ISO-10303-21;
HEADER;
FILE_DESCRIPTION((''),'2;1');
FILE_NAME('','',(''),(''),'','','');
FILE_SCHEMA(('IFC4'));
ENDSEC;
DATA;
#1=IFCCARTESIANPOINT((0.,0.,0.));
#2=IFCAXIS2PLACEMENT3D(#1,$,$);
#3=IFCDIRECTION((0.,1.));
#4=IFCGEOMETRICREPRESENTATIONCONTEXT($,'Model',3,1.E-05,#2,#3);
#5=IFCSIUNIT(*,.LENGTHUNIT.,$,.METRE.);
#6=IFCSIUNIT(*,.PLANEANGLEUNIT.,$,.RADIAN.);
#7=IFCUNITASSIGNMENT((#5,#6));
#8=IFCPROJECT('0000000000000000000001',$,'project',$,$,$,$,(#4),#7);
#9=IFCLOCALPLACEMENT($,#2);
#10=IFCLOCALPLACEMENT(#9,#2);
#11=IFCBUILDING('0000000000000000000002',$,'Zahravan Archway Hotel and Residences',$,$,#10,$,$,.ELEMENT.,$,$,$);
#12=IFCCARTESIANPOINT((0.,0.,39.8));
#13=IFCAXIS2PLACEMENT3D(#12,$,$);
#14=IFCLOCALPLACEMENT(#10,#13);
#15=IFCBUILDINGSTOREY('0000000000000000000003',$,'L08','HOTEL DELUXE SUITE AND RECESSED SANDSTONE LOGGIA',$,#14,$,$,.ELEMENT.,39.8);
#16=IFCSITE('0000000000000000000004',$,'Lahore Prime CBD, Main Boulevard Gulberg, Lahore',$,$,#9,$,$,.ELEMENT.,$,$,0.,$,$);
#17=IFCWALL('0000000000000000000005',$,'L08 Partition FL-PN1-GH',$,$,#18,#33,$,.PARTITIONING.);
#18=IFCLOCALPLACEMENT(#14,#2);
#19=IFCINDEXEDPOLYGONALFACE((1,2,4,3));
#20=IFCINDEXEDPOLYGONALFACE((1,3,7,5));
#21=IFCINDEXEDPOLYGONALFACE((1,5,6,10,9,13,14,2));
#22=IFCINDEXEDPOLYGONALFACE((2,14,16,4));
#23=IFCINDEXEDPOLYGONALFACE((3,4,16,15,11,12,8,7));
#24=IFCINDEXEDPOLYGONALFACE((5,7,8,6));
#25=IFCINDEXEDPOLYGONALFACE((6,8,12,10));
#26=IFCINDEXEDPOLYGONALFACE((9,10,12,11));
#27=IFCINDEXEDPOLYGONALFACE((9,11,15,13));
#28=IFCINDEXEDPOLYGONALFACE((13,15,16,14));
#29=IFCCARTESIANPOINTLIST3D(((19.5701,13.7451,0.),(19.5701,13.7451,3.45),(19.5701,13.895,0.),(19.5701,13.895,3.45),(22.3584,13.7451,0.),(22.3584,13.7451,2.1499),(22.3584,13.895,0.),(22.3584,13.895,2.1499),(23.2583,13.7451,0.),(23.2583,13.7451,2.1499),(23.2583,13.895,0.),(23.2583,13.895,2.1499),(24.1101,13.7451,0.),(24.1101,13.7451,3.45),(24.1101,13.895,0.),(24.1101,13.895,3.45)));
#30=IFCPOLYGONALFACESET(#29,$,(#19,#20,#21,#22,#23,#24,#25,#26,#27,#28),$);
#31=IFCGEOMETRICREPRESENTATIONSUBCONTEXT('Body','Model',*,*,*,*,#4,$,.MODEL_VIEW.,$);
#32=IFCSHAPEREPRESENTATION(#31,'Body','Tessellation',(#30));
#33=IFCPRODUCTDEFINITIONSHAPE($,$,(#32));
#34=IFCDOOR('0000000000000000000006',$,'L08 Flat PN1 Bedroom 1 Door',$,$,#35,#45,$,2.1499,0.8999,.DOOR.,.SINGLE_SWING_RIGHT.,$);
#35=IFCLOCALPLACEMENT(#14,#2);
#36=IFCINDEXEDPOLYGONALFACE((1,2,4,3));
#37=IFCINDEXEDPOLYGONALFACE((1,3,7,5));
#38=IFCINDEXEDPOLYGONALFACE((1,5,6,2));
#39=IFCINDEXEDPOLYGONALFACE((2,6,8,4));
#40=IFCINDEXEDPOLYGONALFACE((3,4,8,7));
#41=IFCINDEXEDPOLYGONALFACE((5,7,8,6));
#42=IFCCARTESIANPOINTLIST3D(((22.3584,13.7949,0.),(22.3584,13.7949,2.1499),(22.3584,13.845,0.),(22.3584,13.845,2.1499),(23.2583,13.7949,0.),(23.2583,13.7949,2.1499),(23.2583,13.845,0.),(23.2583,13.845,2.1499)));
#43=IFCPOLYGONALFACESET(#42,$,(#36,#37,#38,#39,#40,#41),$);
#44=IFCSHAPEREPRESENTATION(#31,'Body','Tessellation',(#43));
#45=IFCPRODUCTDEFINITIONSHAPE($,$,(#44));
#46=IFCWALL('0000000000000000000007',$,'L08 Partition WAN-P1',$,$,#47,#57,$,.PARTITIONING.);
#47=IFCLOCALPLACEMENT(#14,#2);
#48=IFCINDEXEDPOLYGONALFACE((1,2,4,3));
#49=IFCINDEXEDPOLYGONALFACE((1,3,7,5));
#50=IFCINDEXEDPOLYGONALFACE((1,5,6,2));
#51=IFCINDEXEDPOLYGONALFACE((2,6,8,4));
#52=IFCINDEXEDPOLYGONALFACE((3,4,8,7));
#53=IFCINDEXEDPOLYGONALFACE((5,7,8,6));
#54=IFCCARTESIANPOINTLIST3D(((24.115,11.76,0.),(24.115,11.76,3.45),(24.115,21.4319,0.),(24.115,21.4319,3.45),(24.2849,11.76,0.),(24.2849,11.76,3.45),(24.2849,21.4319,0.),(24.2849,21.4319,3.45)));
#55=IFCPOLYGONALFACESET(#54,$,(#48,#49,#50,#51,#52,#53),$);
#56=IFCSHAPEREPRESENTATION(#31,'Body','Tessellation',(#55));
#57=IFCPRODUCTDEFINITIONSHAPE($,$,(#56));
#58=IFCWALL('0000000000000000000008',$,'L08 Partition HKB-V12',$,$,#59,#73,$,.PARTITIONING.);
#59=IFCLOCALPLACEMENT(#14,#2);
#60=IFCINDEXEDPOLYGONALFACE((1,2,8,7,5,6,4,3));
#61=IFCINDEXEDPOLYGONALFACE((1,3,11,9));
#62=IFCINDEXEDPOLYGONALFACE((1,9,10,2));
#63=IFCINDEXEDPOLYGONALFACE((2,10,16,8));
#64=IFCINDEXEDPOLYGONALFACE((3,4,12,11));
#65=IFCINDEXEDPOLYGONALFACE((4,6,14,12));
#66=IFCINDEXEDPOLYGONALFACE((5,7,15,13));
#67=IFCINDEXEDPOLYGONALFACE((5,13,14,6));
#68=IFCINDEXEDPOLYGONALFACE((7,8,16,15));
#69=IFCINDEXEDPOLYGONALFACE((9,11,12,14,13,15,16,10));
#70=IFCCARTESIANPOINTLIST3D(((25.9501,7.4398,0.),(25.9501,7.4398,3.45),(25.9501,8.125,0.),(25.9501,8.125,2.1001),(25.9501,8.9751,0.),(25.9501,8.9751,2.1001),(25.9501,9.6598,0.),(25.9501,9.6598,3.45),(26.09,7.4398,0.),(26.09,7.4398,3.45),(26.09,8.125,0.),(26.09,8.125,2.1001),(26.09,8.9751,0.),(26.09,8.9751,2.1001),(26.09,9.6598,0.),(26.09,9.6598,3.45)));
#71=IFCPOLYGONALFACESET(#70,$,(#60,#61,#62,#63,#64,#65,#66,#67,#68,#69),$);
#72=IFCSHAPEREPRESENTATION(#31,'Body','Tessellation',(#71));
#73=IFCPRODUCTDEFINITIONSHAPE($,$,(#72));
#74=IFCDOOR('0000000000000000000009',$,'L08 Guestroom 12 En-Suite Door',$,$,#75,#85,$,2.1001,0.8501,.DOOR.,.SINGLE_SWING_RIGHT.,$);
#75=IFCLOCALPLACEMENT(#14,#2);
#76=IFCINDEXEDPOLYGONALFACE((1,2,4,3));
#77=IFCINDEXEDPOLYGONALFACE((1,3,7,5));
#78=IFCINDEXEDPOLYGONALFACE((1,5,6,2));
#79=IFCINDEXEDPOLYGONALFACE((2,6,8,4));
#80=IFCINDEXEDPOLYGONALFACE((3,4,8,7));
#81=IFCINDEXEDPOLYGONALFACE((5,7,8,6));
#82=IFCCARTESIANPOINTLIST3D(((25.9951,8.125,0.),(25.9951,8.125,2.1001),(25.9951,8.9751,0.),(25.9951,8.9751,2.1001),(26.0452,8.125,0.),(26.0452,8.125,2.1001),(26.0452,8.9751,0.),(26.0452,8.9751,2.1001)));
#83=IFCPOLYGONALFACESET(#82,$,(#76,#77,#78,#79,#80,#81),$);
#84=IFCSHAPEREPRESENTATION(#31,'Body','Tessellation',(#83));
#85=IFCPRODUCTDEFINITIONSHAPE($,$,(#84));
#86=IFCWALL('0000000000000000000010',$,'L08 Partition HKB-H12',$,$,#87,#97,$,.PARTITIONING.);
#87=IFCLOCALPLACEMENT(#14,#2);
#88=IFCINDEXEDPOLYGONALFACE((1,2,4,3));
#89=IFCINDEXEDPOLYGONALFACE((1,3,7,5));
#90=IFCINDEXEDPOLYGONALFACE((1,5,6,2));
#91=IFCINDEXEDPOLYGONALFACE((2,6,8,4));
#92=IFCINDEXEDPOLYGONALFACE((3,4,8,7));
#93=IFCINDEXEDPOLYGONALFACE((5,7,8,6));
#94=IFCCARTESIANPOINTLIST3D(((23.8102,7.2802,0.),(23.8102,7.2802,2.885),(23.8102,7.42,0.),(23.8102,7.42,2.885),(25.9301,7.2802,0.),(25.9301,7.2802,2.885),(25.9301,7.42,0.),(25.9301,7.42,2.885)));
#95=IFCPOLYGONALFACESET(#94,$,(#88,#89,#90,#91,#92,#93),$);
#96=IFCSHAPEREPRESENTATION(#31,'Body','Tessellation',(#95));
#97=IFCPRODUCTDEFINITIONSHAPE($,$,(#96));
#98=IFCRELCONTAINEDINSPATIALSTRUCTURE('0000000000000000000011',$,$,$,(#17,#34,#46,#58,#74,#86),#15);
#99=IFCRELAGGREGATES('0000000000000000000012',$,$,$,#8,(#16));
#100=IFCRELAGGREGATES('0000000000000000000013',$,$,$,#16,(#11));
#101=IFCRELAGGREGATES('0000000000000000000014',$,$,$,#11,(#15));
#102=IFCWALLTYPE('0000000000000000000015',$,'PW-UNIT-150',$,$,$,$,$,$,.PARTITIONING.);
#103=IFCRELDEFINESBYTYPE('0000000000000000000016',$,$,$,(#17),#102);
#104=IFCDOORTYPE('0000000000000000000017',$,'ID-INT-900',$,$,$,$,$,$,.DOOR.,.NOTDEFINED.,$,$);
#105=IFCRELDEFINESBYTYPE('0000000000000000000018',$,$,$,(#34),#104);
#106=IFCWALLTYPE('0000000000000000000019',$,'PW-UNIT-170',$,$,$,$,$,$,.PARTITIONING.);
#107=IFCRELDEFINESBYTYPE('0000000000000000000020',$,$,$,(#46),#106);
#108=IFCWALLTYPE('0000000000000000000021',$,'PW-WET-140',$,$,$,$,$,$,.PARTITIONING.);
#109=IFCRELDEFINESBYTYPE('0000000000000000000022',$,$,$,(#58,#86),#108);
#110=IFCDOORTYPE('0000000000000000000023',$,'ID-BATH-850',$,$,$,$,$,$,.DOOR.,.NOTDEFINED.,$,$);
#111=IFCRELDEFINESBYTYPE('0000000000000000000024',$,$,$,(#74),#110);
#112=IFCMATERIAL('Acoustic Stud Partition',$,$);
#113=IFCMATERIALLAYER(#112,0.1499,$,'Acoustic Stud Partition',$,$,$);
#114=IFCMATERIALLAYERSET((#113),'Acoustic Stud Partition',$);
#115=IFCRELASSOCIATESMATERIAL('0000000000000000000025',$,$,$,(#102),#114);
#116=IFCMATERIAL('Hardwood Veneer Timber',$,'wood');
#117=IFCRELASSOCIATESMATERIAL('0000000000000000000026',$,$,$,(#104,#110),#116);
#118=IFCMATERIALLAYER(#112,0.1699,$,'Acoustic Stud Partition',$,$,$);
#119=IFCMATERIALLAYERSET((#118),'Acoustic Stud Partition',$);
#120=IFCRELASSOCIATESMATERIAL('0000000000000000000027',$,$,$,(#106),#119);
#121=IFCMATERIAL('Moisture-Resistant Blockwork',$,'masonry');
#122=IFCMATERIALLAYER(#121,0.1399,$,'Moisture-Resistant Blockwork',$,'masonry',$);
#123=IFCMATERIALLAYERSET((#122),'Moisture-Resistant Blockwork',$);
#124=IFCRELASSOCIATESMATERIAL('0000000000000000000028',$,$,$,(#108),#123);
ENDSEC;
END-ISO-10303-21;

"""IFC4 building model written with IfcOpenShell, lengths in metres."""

from ifc_helpers import new_model, si_unit, direction, frame, frame_2d, origin, place, context, subcontext, project, spatial, rectangle, extrude, source, transform, mapped, material, layer, layer_set, type_object, type_shapes, element, fill, save


model = new_model("IFC4")

# Units and contexts
model_context = context("Model", 3, precision=1e-05, world=origin(), true_north=direction((0.0, 1.0)))
body_context = subcontext(model_context, "Body", "Model", "MODEL_VIEW")
ifc_project = project(units=[si_unit("LENGTHUNIT", "METRE"), si_unit("PLANEANGLEUNIT", "RADIAN")], contexts=[model_context])

# Site, building, storey
site_placement = place(None, origin())
site = spatial("IfcSite", under=ifc_project, at=site_placement, Name="Lahore Prime CBD, Main Boulevard Gulberg, Lahore", CompositionType="ELEMENT", RefElevation=0.0)
building_placement = place(site_placement, origin())
building = spatial("IfcBuilding", under=site, at=building_placement, Name="Zahravan Archway Hotel and Residences", CompositionType="ELEMENT")
storey_placement = place(building_placement, frame((0.0, 0.0, 39.8)))
storey = spatial("IfcBuildingStorey", under=building, at=storey_placement, Name="L08", Description="HOTEL DELUXE SUITE AND RECESSED SANDSTONE LOGGIA", CompositionType="ELEMENT", Elevation=39.8)

# Wall, opening, door
ifc_material_1 = material(Name="Acoustic Stud Partition")
ifc_layer_1 = layer(ifc_material_1, 0.1499, Name="Acoustic Stud Partition")
ifc_layer_set_1 = layer_set([ifc_layer_1], Name="Acoustic Stud Partition")
wall_type_1 = type_object("IfcWallType", Name="PW-UNIT-150", PredefinedType="PARTITIONING", material=ifc_layer_set_1)
ifc_material_2 = material(Name="Hardwood Veneer Timber", Category="wood")
door_type_1 = type_object("IfcDoorType", Name="ID-INT-900", OperationType="NOTDEFINED", PredefinedType="DOOR", material=ifc_material_2)
shared_shape_1 = source(origin(), body_context, "Body", "SweptSolid", [
    extrude(rectangle(XDim=0.8999, YDim=2.1499, at=frame_2d((0.45, 1.075))), frame((0.0, 0.0249, 0.0), z_axis=(0.0, -1.0, 0.0), x_axis=(1.0, 0.0, 0.0)), (0.0, 0.0, 1.0), 0.05),
])
type_shapes(door_type_1, [shared_shape_1])
wall_1_placement = place(storey_placement, frame((19.5701, 13.8201, 0.0), z_axis=(0.0, 0.0, 1.0), x_axis=(1.0, 0.0, 0.0)))
wall_1 = element("IfcWall", 1, at=wall_1_placement, inside=storey, type_object=wall_type_1, Name="L08 Partition FL-PN1-GH", PredefinedType="PARTITIONING", context=body_context, shape_type="SweptSolid", body=[
    extrude(rectangle(XDim=4.54, YDim=0.1499, at=frame_2d((2.27, 0.0))), origin(), (0.0, 0.0, 1.0), 3.45),
])
opening_1_placement = place(wall_1_placement, frame((2.7883, 0.0, 0.0)))
opening_1 = element("IfcOpeningElement", 2, at=opening_1_placement, cuts=wall_1, PredefinedType="OPENING", context=body_context, shape_type="SweptSolid", body=[
    extrude(rectangle(XDim=0.8999, YDim=2.1499, at=frame_2d((0.45, 1.075))), frame((0.0, 0.085, 0.0), z_axis=(0.0, -1.0, 0.0), x_axis=(1.0, 0.0, 0.0)), (0.0, 0.0, 1.0), 0.1699),
])
door_1_placement = place(opening_1_placement, origin())
door_1 = element("IfcDoor", 3, at=door_1_placement, inside=storey, type_object=door_type_1, Name="L08 Flat PN1 Bedroom 1 Door", OperationType="SINGLE_SWING_RIGHT", OverallHeight=2.1499, OverallWidth=0.8999, PredefinedType="DOOR", context=body_context, shape_type="MappedRepresentation", body=[
    mapped(shared_shape_1, transform((0.0, 0.0, 0.0), scale=1.0)),
])
fill(opening_1, door_1)

# Wall
ifc_layer_2 = layer(ifc_material_1, 0.1699, Name="Acoustic Stud Partition")
ifc_layer_set_2 = layer_set([ifc_layer_2], Name="Acoustic Stud Partition")
wall_type_2 = type_object("IfcWallType", Name="PW-UNIT-170", PredefinedType="PARTITIONING", material=ifc_layer_set_2)
wall_2_placement = place(storey_placement, frame((24.2, 11.76, 0.0), z_axis=(0.0, 0.0, 1.0), x_axis=(0.0, 1.0, 0.0)))
element("IfcWall", 4, at=wall_2_placement, inside=storey, type_object=wall_type_2, Name="L08 Partition WAN-P1", PredefinedType="PARTITIONING", context=body_context, shape_type="SweptSolid", body=[
    extrude(rectangle(XDim=9.6719, YDim=0.1699, at=frame_2d((4.8359, 0.0))), origin(), (0.0, 0.0, 1.0), 3.45),
])

# Wall, opening, door
ifc_material_3 = material(Name="Moisture-Resistant Blockwork", Category="masonry")
ifc_layer_3 = layer(ifc_material_3, 0.1399, Name="Moisture-Resistant Blockwork", Category="masonry")
ifc_layer_set_3 = layer_set([ifc_layer_3], Name="Moisture-Resistant Blockwork")
wall_type_3 = type_object("IfcWallType", Name="PW-WET-140", PredefinedType="PARTITIONING", material=ifc_layer_set_3)
wall_3_placement = place(storey_placement, frame((26.02, 7.4399, 0.0), z_axis=(0.0, 0.0, 1.0), x_axis=(0.0, 1.0, 0.0)))
wall_3 = element("IfcWall", 5, at=wall_3_placement, inside=storey, type_object=wall_type_3, Name="L08 Partition HKB-V12", PredefinedType="PARTITIONING", context=body_context, shape_type="SweptSolid", body=[
    extrude(rectangle(XDim=2.22, YDim=0.1399, at=frame_2d((1.1099, 0.0))), origin(), (0.0, 0.0, 1.0), 3.45),
])
opening_2_placement = place(wall_3_placement, frame((0.6851, 0.0, 0.0)))
opening_2 = element("IfcOpeningElement", 6, at=opening_2_placement, cuts=wall_3, PredefinedType="OPENING", context=body_context, shape_type="SweptSolid", body=[
    extrude(rectangle(XDim=0.8501, YDim=2.1001, at=frame_2d((0.425, 1.05))), frame((0.0, 0.0801, 0.0), z_axis=(0.0, -1.0, 0.0), x_axis=(1.0, 0.0, 0.0)), (0.0, 0.0, 1.0), 0.1599),
])
door_type_2 = type_object("IfcDoorType", Name="ID-BATH-850", OperationType="NOTDEFINED", PredefinedType="DOOR", material=ifc_material_2)
shared_shape_2 = source(origin(), body_context, "Body", "SweptSolid", [
    extrude(rectangle(XDim=0.8501, YDim=2.1001, at=frame_2d((0.425, 1.05))), frame((0.0, 0.0249, 0.0), z_axis=(0.0, -1.0, 0.0), x_axis=(1.0, 0.0, 0.0)), (0.0, 0.0, 1.0), 0.05),
])
type_shapes(door_type_2, [shared_shape_2])
door_2_placement = place(opening_2_placement, origin())
door_2 = element("IfcDoor", 7, at=door_2_placement, inside=storey, type_object=door_type_2, Name="L08 Guestroom 12 En-Suite Door", OperationType="SINGLE_SWING_RIGHT", OverallHeight=2.1001, OverallWidth=0.8501, PredefinedType="DOOR", context=body_context, shape_type="MappedRepresentation", body=[
    mapped(shared_shape_2, transform((0.0, 0.0, 0.0), scale=1.0)),
])
fill(opening_2, door_2)

# Wall
wall_4_placement = place(storey_placement, frame((23.8101, 7.3501, 0.0), z_axis=(0.0, 0.0, 1.0), x_axis=(1.0, 0.0, 0.0)))
element("IfcWall", 8, at=wall_4_placement, inside=storey, type_object=wall_type_3, Name="L08 Partition HKB-H12", PredefinedType="PARTITIONING", context=body_context, shape_type="SweptSolid", body=[
    extrude(rectangle(XDim=2.1199, YDim=0.1399, at=frame_2d((1.0601, 0.0))), origin(), (0.0, 0.0, 1.0), 2.885),
])

save(model, "model.ifc")
